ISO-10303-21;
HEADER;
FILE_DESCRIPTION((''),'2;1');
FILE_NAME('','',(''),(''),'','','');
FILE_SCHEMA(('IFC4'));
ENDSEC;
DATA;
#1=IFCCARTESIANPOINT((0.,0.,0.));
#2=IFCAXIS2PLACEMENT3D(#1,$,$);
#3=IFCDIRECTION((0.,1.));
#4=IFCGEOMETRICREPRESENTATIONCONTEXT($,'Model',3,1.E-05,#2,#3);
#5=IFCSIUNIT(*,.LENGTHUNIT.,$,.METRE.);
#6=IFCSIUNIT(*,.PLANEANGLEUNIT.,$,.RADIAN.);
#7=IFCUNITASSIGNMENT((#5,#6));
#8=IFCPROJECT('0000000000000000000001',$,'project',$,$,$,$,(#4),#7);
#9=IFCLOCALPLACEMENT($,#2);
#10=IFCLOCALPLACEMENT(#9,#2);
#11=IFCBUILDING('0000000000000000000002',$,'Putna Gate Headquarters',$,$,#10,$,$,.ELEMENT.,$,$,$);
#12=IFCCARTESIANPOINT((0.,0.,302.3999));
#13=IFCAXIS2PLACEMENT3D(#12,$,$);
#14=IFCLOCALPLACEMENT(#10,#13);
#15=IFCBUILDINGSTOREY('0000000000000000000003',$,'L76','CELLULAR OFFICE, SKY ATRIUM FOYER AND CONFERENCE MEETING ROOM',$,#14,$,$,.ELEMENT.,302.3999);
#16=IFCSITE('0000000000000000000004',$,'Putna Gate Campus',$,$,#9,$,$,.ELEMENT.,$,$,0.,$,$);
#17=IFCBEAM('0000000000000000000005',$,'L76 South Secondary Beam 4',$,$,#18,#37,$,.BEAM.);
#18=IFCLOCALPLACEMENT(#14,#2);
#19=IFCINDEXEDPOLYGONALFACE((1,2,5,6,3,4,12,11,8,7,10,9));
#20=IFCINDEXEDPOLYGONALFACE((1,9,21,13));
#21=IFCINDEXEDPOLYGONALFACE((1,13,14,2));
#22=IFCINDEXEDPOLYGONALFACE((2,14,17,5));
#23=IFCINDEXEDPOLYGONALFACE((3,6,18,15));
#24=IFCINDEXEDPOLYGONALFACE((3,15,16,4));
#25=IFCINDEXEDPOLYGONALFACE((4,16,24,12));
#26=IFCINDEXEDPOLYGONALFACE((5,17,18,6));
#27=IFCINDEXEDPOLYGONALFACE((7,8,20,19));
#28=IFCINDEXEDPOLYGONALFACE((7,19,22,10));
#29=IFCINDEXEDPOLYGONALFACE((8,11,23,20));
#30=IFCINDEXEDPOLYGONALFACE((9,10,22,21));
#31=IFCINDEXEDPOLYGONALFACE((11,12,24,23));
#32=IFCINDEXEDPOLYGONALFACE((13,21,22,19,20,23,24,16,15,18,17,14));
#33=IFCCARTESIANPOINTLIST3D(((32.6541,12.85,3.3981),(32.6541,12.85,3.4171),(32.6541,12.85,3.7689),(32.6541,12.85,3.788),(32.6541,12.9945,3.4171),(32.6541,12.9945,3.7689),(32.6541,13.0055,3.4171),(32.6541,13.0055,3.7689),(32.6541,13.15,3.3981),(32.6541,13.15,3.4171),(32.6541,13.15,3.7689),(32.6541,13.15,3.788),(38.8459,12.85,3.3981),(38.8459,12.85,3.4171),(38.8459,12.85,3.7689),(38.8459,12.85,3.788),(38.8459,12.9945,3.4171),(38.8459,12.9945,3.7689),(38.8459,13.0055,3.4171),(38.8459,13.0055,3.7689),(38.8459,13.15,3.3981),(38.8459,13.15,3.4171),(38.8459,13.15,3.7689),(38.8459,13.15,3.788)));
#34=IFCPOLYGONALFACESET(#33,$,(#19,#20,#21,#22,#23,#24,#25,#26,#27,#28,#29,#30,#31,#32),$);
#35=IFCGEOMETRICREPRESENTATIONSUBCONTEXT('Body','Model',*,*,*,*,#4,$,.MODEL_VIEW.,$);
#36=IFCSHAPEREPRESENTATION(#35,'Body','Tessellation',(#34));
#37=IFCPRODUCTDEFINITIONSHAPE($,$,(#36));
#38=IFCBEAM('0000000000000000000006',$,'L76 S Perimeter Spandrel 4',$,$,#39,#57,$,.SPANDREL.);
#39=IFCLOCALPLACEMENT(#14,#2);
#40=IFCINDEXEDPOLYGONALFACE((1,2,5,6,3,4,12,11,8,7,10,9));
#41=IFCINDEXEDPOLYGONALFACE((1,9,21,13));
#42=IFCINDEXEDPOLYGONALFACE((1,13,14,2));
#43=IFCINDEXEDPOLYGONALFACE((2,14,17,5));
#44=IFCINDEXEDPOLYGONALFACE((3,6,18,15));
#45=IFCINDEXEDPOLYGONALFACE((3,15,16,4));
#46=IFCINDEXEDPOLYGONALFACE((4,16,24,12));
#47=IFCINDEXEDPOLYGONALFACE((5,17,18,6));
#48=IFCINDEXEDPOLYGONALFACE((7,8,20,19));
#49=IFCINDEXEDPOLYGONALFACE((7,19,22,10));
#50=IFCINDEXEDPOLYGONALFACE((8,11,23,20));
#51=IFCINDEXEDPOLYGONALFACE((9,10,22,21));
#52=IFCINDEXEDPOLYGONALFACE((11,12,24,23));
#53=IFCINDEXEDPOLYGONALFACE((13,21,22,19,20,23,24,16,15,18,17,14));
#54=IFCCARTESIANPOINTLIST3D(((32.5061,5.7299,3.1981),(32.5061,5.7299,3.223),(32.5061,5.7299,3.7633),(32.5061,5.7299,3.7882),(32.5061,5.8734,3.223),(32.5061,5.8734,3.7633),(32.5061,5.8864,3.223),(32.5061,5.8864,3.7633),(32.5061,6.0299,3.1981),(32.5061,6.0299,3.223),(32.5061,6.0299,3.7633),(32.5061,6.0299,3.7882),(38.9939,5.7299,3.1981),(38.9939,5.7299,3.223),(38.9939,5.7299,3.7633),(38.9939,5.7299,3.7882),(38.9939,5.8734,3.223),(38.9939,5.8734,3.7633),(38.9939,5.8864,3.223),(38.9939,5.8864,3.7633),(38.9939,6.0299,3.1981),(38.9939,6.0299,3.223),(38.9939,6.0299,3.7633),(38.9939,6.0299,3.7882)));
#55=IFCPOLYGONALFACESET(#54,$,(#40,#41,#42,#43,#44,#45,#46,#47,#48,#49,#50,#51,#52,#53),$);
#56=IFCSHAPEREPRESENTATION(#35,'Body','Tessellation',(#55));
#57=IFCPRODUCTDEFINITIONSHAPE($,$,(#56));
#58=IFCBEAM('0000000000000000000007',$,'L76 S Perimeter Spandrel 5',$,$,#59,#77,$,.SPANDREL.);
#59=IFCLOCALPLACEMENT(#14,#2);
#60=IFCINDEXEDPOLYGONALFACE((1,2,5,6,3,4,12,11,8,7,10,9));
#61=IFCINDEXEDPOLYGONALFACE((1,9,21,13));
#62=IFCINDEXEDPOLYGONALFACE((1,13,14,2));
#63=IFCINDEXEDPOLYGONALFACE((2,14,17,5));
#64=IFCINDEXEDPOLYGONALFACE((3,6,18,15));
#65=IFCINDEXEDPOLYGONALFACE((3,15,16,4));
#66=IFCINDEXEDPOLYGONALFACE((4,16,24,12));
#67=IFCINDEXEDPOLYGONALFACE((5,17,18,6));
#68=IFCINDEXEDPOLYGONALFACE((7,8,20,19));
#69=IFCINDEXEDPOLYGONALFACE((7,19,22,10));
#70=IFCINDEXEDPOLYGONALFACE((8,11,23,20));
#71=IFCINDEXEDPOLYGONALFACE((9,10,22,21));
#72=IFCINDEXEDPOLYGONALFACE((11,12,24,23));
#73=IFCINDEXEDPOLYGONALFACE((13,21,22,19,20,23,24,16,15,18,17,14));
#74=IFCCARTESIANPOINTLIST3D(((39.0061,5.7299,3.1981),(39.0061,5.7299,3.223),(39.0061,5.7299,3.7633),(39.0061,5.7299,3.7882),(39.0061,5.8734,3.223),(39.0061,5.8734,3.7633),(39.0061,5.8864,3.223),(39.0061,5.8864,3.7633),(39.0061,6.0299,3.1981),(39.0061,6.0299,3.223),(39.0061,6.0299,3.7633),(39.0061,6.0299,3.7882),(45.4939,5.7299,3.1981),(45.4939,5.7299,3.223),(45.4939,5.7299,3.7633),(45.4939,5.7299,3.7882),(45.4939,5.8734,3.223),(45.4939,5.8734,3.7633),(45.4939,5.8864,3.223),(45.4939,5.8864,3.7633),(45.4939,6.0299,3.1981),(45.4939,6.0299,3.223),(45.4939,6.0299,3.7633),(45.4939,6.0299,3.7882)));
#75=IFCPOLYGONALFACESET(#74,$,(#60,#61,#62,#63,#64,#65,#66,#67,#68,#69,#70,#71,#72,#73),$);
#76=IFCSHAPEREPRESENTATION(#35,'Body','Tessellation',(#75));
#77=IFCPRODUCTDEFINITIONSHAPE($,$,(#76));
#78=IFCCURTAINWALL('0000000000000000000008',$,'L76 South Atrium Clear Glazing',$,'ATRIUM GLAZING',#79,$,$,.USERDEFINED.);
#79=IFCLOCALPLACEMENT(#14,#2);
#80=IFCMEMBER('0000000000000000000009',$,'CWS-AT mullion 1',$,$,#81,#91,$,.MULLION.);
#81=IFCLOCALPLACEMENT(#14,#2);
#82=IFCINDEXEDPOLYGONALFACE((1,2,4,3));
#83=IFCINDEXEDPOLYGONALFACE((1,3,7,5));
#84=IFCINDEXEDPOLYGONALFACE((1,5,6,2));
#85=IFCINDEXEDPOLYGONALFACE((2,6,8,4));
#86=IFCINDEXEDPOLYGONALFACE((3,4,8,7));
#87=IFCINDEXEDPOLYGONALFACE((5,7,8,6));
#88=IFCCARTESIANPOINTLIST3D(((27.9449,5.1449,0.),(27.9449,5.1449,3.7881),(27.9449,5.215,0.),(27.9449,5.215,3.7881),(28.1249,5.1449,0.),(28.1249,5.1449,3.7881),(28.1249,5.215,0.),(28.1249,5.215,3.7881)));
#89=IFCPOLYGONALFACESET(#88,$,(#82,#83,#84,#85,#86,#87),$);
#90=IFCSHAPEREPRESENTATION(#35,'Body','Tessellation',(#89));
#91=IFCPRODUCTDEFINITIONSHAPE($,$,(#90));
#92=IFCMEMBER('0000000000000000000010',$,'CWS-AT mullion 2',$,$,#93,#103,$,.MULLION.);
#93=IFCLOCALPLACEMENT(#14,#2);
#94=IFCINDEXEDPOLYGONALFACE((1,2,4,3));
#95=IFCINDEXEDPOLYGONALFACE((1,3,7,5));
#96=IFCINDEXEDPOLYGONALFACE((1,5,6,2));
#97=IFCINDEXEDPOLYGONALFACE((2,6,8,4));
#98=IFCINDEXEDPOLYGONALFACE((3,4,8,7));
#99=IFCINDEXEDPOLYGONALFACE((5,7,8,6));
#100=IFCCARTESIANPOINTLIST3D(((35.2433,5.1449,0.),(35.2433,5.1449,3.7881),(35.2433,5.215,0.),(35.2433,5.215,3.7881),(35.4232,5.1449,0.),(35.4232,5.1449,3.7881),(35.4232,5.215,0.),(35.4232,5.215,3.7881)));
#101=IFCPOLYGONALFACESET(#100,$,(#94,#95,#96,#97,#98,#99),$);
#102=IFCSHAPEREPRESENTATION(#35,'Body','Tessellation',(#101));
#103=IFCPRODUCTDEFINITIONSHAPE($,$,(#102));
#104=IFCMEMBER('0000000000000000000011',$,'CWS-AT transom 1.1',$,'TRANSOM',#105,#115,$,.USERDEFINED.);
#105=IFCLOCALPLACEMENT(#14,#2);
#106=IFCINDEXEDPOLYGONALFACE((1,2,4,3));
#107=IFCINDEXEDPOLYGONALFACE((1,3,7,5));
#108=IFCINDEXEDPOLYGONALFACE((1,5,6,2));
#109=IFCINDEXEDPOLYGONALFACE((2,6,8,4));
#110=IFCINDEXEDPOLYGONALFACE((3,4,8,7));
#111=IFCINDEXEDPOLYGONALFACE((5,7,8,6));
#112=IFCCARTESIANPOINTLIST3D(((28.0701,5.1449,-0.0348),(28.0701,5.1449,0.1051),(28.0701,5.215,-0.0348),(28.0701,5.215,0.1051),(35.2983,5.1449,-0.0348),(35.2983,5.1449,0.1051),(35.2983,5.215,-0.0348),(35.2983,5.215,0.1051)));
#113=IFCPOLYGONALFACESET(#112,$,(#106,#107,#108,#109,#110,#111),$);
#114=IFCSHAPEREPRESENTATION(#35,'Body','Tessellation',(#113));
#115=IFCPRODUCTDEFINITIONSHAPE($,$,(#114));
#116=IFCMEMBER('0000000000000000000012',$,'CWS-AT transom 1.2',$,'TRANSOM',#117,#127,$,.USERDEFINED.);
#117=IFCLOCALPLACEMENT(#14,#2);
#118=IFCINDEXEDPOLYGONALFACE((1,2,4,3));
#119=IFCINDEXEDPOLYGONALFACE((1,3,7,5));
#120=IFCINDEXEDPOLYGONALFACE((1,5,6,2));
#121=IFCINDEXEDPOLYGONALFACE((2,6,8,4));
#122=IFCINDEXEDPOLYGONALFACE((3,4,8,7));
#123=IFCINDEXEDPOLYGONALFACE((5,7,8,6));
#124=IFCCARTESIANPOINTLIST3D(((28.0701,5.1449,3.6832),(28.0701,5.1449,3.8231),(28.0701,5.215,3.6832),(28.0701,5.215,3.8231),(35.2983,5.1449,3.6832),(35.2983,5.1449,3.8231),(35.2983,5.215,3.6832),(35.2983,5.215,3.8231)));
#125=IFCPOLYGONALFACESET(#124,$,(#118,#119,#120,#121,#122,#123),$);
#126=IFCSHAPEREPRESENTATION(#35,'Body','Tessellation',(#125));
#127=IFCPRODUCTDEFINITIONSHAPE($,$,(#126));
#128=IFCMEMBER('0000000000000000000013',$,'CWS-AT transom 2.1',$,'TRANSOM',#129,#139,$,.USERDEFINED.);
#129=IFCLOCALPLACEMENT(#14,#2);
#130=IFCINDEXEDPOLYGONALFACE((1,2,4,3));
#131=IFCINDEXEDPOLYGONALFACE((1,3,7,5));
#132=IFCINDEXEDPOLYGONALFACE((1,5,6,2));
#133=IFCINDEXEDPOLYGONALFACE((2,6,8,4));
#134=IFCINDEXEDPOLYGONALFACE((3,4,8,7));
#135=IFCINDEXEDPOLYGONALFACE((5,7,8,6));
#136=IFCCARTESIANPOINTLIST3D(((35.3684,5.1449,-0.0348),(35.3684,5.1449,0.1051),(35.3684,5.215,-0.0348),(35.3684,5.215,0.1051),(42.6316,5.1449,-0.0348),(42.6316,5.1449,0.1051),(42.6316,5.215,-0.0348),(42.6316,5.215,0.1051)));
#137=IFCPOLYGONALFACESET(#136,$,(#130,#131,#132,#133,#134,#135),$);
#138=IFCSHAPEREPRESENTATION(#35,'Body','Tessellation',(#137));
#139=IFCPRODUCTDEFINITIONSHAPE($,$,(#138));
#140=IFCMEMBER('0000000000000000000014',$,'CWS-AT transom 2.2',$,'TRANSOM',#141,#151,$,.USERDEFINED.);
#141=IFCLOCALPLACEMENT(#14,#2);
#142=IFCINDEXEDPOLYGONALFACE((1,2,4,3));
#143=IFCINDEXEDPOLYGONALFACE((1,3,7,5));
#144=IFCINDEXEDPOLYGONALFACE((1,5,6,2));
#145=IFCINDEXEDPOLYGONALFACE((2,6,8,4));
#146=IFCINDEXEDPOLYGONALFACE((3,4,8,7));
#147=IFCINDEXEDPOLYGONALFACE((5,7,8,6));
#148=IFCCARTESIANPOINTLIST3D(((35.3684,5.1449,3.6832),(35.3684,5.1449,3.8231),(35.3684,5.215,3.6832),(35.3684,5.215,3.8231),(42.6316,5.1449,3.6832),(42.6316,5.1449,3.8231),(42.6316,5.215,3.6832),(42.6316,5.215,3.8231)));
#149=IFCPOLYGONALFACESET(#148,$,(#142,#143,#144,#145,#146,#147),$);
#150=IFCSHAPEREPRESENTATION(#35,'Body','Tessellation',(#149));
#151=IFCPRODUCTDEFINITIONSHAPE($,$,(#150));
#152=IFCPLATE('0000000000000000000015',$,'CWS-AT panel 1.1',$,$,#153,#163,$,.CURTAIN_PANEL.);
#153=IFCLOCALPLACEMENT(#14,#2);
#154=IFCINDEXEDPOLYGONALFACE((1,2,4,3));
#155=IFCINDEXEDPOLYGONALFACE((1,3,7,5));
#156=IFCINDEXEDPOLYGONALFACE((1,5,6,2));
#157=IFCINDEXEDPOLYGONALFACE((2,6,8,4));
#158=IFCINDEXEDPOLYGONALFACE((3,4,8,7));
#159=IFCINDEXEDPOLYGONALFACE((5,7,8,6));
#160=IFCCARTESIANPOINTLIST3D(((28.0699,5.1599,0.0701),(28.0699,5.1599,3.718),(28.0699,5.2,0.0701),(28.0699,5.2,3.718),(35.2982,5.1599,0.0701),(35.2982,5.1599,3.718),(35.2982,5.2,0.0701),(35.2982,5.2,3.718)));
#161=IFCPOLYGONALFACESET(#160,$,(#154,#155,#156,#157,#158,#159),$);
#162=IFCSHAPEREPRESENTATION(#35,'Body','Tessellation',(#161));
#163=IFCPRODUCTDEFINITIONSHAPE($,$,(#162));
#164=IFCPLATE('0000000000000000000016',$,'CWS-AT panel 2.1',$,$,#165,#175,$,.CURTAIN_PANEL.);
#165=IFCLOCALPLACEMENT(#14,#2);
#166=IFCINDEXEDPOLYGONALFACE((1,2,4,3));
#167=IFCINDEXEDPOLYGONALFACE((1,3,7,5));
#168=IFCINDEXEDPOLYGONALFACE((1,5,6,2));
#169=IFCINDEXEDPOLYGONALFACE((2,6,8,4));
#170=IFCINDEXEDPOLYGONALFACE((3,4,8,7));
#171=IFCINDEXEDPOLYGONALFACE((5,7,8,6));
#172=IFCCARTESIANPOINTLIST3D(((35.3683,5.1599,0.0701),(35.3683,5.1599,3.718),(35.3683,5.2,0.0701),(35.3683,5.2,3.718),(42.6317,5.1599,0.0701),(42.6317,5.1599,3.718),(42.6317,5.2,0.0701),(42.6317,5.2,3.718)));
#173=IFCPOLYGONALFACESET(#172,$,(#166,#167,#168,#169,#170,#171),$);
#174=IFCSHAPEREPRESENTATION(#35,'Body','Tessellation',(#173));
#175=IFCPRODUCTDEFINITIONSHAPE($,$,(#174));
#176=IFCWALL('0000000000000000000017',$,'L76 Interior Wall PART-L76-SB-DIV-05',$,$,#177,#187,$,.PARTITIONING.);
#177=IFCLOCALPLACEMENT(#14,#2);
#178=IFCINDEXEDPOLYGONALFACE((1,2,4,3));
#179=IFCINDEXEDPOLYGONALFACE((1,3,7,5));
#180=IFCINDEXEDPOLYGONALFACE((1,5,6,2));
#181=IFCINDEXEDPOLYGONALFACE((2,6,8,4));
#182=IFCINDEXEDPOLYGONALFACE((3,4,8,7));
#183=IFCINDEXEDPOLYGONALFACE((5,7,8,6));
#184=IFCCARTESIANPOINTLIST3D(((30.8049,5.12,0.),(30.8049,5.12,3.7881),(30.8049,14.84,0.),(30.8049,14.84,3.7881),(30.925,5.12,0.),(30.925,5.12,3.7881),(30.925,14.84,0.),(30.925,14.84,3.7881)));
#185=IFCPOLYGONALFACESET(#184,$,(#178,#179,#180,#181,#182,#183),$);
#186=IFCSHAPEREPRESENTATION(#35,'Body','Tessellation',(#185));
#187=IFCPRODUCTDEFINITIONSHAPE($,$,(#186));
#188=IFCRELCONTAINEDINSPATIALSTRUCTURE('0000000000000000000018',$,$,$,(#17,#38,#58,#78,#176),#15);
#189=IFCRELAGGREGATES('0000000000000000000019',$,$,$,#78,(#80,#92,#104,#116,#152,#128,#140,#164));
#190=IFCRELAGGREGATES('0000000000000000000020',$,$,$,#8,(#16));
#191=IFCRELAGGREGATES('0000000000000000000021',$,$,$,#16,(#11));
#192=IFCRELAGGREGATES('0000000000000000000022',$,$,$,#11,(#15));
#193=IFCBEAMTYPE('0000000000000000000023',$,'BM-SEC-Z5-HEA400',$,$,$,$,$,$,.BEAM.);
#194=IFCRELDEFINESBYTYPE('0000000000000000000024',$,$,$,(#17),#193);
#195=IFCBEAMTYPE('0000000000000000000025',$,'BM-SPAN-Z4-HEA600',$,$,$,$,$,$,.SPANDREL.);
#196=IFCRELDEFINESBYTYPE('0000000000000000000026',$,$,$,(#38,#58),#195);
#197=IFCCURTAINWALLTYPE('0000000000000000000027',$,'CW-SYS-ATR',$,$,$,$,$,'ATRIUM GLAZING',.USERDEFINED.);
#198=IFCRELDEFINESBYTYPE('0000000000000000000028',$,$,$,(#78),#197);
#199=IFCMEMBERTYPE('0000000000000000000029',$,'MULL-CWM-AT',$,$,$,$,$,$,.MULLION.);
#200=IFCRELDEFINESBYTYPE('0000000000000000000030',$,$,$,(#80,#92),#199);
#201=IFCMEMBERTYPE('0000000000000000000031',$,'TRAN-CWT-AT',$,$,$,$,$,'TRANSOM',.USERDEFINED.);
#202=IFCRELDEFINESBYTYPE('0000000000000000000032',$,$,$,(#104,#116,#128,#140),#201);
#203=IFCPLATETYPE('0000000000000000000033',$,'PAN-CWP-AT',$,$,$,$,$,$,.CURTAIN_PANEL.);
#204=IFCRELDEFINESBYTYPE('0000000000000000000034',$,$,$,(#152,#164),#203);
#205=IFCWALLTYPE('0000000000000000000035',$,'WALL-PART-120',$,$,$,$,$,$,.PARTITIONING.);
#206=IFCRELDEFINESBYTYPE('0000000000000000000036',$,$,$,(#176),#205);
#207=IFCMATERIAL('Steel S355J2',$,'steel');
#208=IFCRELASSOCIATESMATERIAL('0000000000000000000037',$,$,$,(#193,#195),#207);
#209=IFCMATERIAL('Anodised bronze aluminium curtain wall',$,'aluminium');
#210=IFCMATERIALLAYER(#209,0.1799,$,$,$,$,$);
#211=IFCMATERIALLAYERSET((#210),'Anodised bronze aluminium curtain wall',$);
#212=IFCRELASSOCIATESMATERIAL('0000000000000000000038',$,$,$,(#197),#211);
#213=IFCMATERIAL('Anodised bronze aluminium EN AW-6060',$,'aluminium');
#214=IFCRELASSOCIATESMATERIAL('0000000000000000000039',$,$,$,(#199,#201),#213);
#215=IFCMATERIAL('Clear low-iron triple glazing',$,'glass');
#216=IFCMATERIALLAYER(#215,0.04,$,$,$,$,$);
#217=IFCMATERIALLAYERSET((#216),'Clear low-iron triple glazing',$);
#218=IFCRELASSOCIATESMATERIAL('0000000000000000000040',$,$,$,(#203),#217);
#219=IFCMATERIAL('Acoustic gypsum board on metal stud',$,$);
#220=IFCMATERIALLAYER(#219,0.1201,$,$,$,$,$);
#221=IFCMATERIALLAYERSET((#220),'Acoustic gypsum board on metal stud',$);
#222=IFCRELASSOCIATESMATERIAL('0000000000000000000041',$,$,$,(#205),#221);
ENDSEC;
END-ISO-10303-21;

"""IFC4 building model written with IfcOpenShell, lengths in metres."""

from ifc_helpers import new_model, si_unit, direction, frame, frame_2d, origin, origin_2d, place, context, subcontext, project, spatial, rectangle, i_section, extrude, material, layer, layer_set, material_profile, profile_set, type_object, element, aggregate, save


model = new_model("IFC4")

# Units and contexts
model_context = context("Model", 3, precision=1e-05, world=origin(), true_north=direction((0.0, 1.0)))
body_context = subcontext(model_context, "Body", "Model", "MODEL_VIEW")
ifc_project = project(units=[si_unit("LENGTHUNIT", "METRE"), si_unit("PLANEANGLEUNIT", "RADIAN")], contexts=[model_context])

# Site, building, storey
site_placement = place(None, origin())
site = spatial("IfcSite", under=ifc_project, at=site_placement, Name="Putna Gate Campus", CompositionType="ELEMENT", RefElevation=0.0)
building_placement = place(site_placement, origin())
building = spatial("IfcBuilding", under=site, at=building_placement, Name="Putna Gate Headquarters", CompositionType="ELEMENT")
storey_placement = place(building_placement, frame((0.0, 0.0, 302.3999)))
storey = spatial("IfcBuildingStorey", under=building, at=storey_placement, Name="L76", Description="CELLULAR OFFICE, SKY ATRIUM FOYER AND CONFERENCE MEETING ROOM", CompositionType="ELEMENT", Elevation=302.3999)

# Beams
ifc_material_1 = material(Name="Steel S355J2", Category="steel")
ifc_material_profile_1 = material_profile(ifc_material_1, i_section(OverallWidth=0.3, OverallDepth=0.3899, WebThickness=0.011, FlangeThickness=0.019, at=origin_2d()), Name="Steel S355J2")
ifc_profile_set_1 = profile_set([ifc_material_profile_1], Name="Steel S355J2")
beam_type_1 = type_object("IfcBeamType", Name="BM-SEC-Z5-HEA400", PredefinedType="BEAM", material=ifc_profile_set_1)
beam_1_placement = place(storey_placement, frame((32.6541, 13.0, 3.593), z_axis=(1.0, 0.0, 0.0), x_axis=(0.0, 1.0, 0.0)))
element("IfcBeam", 1, at=beam_1_placement, inside=storey, type_object=beam_type_1, Name="L76 South Secondary Beam 4", PredefinedType="BEAM", context=body_context, shape_type="SweptSolid", body=[
    extrude(i_section(OverallWidth=0.3, OverallDepth=0.3899, WebThickness=0.011, FlangeThickness=0.019, at=origin_2d()), origin(), (0.0, 0.0, 1.0), 6.1919),
])
ifc_material_profile_2 = material_profile(ifc_material_1, i_section(OverallWidth=0.3, OverallDepth=0.5901, WebThickness=0.0129, FlangeThickness=0.0249, at=origin_2d()), Name="Steel S355J2")
ifc_profile_set_2 = profile_set([ifc_material_profile_2], Name="Steel S355J2")
beam_type_2 = type_object("IfcBeamType", Name="BM-SPAN-Z4-HEA600", PredefinedType="SPANDREL", material=ifc_profile_set_2)
for number, where, z_axis, x_axis, name in (
    (2, (32.5061, 5.8799, 3.4932), (1.0, 0.0, 0.0), (0.0, 1.0, 0.0), "L76 S Perimeter Spandrel 4"),
    (3, (39.0061, 5.8799, 3.4932), (1.0, 0.0, 0.0), (0.0, 1.0, 0.0), "L76 S Perimeter Spandrel 5"),
):
    element("IfcBeam", number, at=place(storey_placement, frame(where, z_axis=z_axis, x_axis=x_axis)), inside=storey, type_object=beam_type_2, Name=name, PredefinedType="SPANDREL", context=body_context, shape_type="SweptSolid", body=[
        extrude(i_section(OverallWidth=0.3, OverallDepth=0.5901, WebThickness=0.0129, FlangeThickness=0.0249, at=origin_2d()), origin(), (0.0, 0.0, 1.0), 6.4878),
    ])

# Curtain wall, members, plates
ifc_material_2 = material(Name="Anodised bronze aluminium curtain wall", Category="aluminium")
ifc_layer_1 = layer(ifc_material_2, 0.1799)
ifc_layer_set_1 = layer_set([ifc_layer_1], Name="Anodised bronze aluminium curtain wall")
curtain_wall_type = type_object("IfcCurtainWallType", Name="CW-SYS-ATR", ElementType="ATRIUM GLAZING", PredefinedType="USERDEFINED", material=ifc_layer_set_1)
curtain_wall_placement = place(storey_placement, origin())
curtain_wall = element("IfcCurtainWall", 4, at=curtain_wall_placement, inside=storey, type_object=curtain_wall_type, Name="L76 South Atrium Clear Glazing", ObjectType="ATRIUM GLAZING", PredefinedType="USERDEFINED")
ifc_material_3 = material(Name="Anodised bronze aluminium EN AW-6060", Category="aluminium")
ifc_material_profile_3 = material_profile(ifc_material_3, rectangle(XDim=0.0701, YDim=0.1799, at=origin_2d()), Name="Anodised bronze aluminium EN AW-6060")
ifc_profile_set_3 = profile_set([ifc_material_profile_3], Name="Anodised bronze aluminium EN AW-6060")
member_type_1 = type_object("IfcMemberType", Name="MULL-CWM-AT", PredefinedType="MULLION", material=ifc_profile_set_3)
member_1_placement = place(storey_placement, frame((28.0349, 5.1799, 0.0), z_axis=(0.0, 0.0, 1.0), x_axis=(0.0, 1.0, 0.0)))
member_1 = element("IfcMember", 5, at=member_1_placement, type_object=member_type_1, Name="CWS-AT mullion 1", PredefinedType="MULLION", context=body_context, shape_type="SweptSolid", body=[
    extrude(rectangle(XDim=0.0701, YDim=0.1799, at=origin_2d()), origin(), (0.0, 0.0, 1.0), 3.7881),
])
member_2_placement = place(storey_placement, frame((35.3333, 5.1799, 0.0), z_axis=(0.0, 0.0, 1.0), x_axis=(0.0, 1.0, 0.0)))
member_2 = element("IfcMember", 6, at=member_2_placement, type_object=member_type_1, Name="CWS-AT mullion 2", PredefinedType="MULLION", context=body_context, shape_type="SweptSolid", body=[
    extrude(rectangle(XDim=0.0701, YDim=0.1799, at=origin_2d()), origin(), (0.0, 0.0, 1.0), 3.7881),
])
ifc_material_profile_4 = material_profile(ifc_material_3, rectangle(XDim=0.0701, YDim=0.1399, at=origin_2d()), Name="Anodised bronze aluminium EN AW-6060")
ifc_profile_set_4 = profile_set([ifc_material_profile_4], Name="Anodised bronze aluminium EN AW-6060")
member_type_2 = type_object("IfcMemberType", Name="TRAN-CWT-AT", ElementType="TRANSOM", PredefinedType="USERDEFINED", material=ifc_profile_set_4)
member_3_placement = place(storey_placement, frame((28.0701, 5.1799, 0.0352), z_axis=(1.0, 0.0, 0.0), x_axis=(0.0, 1.0, 0.0)))
member_3 = element("IfcMember", 7, at=member_3_placement, type_object=member_type_2, Name="CWS-AT transom 1.1", ObjectType="TRANSOM", PredefinedType="USERDEFINED", context=body_context, shape_type="SweptSolid", body=[
    extrude(rectangle(XDim=0.0701, YDim=0.1399, at=origin_2d()), origin(), (0.0, 0.0, 1.0), 7.2283),
])
member_4_placement = place(storey_placement, frame((28.0701, 5.1799, 3.7532), z_axis=(1.0, 0.0, 0.0), x_axis=(0.0, 1.0, 0.0)))
member_4 = element("IfcMember", 8, at=member_4_placement, type_object=member_type_2, Name="CWS-AT transom 1.2", ObjectType="TRANSOM", PredefinedType="USERDEFINED", context=body_context, shape_type="SweptSolid", body=[
    extrude(rectangle(XDim=0.0701, YDim=0.1399, at=origin_2d()), origin(), (0.0, 0.0, 1.0), 7.2283),
])
member_5_placement = place(storey_placement, frame((35.3684, 5.1799, 0.0352), z_axis=(1.0, 0.0, 0.0), x_axis=(0.0, 1.0, 0.0)))
member_5 = element("IfcMember", 9, at=member_5_placement, type_object=member_type_2, Name="CWS-AT transom 2.1", ObjectType="TRANSOM", PredefinedType="USERDEFINED", context=body_context, shape_type="SweptSolid", body=[
    extrude(rectangle(XDim=0.0701, YDim=0.1399, at=origin_2d()), origin(), (0.0, 0.0, 1.0), 7.2632),
])
member_6_placement = place(storey_placement, frame((35.3684, 5.1799, 3.7532), z_axis=(1.0, 0.0, 0.0), x_axis=(0.0, 1.0, 0.0)))
member_6 = element("IfcMember", 10, at=member_6_placement, type_object=member_type_2, Name="CWS-AT transom 2.2", ObjectType="TRANSOM", PredefinedType="USERDEFINED", context=body_context, shape_type="SweptSolid", body=[
    extrude(rectangle(XDim=0.0701, YDim=0.1399, at=origin_2d()), origin(), (0.0, 0.0, 1.0), 7.2632),
])
ifc_material_4 = material(Name="Clear low-iron triple glazing", Category="glass")
ifc_layer_2 = layer(ifc_material_4, 0.04)
ifc_layer_set_2 = layer_set([ifc_layer_2], Name="Clear low-iron triple glazing")
plate_type = type_object("IfcPlateType", Name="PAN-CWP-AT", PredefinedType="CURTAIN_PANEL", material=ifc_layer_set_2)
plate_1_placement = place(storey_placement, frame((31.6841, 5.1799, 0.0701), z_axis=(0.0, 0.0, 1.0), x_axis=(1.0, 0.0, 0.0)))
plate_1 = element("IfcPlate", 11, at=plate_1_placement, type_object=plate_type, Name="CWS-AT panel 1.1", PredefinedType="CURTAIN_PANEL", context=body_context, shape_type="SweptSolid", body=[
    extrude(rectangle(XDim=7.2283, YDim=0.04, at=origin_2d()), origin(), (0.0, 0.0, 1.0), 3.6479),
])
plate_2_placement = place(storey_placement, frame((39.0, 5.1799, 0.0701), z_axis=(0.0, 0.0, 1.0), x_axis=(1.0, 0.0, 0.0)))
plate_2 = element("IfcPlate", 12, at=plate_2_placement, type_object=plate_type, Name="CWS-AT panel 2.1", PredefinedType="CURTAIN_PANEL", context=body_context, shape_type="SweptSolid", body=[
    extrude(rectangle(XDim=7.2634, YDim=0.04, at=origin_2d()), origin(), (0.0, 0.0, 1.0), 3.6479),
])
aggregate(curtain_wall, [member_1, member_2, member_3, member_4, plate_1, member_5, member_6, plate_2])

# Wall
ifc_material_5 = material(Name="Acoustic gypsum board on metal stud")
ifc_layer_3 = layer(ifc_material_5, 0.1201)
ifc_layer_set_3 = layer_set([ifc_layer_3], Name="Acoustic gypsum board on metal stud")
wall_type_1 = type_object("IfcWallType", Name="WALL-PART-120", PredefinedType="PARTITIONING", material=ifc_layer_set_3)
for number, where, z_axis, x_axis, name in (
    (13, (30.865, 5.1201, 0.0), (0.0, 0.0, 1.0), (0.0, 1.0, 0.0), "L76 Interior Wall PART-L76-SB-DIV-05"),
):
    element("IfcWall", number, at=place(storey_placement, frame(where, z_axis=z_axis, x_axis=x_axis)), inside=storey, type_object=wall_type_1, Name=name, PredefinedType="PARTITIONING", context=body_context, shape_type="SweptSolid", body=[
        extrude(rectangle(XDim=9.72, YDim=0.1201, at=frame_2d((4.8599, 0.0))), origin(), (0.0, 0.0, 1.0), 3.7881),
    ])

save(model, "model.ifc")
